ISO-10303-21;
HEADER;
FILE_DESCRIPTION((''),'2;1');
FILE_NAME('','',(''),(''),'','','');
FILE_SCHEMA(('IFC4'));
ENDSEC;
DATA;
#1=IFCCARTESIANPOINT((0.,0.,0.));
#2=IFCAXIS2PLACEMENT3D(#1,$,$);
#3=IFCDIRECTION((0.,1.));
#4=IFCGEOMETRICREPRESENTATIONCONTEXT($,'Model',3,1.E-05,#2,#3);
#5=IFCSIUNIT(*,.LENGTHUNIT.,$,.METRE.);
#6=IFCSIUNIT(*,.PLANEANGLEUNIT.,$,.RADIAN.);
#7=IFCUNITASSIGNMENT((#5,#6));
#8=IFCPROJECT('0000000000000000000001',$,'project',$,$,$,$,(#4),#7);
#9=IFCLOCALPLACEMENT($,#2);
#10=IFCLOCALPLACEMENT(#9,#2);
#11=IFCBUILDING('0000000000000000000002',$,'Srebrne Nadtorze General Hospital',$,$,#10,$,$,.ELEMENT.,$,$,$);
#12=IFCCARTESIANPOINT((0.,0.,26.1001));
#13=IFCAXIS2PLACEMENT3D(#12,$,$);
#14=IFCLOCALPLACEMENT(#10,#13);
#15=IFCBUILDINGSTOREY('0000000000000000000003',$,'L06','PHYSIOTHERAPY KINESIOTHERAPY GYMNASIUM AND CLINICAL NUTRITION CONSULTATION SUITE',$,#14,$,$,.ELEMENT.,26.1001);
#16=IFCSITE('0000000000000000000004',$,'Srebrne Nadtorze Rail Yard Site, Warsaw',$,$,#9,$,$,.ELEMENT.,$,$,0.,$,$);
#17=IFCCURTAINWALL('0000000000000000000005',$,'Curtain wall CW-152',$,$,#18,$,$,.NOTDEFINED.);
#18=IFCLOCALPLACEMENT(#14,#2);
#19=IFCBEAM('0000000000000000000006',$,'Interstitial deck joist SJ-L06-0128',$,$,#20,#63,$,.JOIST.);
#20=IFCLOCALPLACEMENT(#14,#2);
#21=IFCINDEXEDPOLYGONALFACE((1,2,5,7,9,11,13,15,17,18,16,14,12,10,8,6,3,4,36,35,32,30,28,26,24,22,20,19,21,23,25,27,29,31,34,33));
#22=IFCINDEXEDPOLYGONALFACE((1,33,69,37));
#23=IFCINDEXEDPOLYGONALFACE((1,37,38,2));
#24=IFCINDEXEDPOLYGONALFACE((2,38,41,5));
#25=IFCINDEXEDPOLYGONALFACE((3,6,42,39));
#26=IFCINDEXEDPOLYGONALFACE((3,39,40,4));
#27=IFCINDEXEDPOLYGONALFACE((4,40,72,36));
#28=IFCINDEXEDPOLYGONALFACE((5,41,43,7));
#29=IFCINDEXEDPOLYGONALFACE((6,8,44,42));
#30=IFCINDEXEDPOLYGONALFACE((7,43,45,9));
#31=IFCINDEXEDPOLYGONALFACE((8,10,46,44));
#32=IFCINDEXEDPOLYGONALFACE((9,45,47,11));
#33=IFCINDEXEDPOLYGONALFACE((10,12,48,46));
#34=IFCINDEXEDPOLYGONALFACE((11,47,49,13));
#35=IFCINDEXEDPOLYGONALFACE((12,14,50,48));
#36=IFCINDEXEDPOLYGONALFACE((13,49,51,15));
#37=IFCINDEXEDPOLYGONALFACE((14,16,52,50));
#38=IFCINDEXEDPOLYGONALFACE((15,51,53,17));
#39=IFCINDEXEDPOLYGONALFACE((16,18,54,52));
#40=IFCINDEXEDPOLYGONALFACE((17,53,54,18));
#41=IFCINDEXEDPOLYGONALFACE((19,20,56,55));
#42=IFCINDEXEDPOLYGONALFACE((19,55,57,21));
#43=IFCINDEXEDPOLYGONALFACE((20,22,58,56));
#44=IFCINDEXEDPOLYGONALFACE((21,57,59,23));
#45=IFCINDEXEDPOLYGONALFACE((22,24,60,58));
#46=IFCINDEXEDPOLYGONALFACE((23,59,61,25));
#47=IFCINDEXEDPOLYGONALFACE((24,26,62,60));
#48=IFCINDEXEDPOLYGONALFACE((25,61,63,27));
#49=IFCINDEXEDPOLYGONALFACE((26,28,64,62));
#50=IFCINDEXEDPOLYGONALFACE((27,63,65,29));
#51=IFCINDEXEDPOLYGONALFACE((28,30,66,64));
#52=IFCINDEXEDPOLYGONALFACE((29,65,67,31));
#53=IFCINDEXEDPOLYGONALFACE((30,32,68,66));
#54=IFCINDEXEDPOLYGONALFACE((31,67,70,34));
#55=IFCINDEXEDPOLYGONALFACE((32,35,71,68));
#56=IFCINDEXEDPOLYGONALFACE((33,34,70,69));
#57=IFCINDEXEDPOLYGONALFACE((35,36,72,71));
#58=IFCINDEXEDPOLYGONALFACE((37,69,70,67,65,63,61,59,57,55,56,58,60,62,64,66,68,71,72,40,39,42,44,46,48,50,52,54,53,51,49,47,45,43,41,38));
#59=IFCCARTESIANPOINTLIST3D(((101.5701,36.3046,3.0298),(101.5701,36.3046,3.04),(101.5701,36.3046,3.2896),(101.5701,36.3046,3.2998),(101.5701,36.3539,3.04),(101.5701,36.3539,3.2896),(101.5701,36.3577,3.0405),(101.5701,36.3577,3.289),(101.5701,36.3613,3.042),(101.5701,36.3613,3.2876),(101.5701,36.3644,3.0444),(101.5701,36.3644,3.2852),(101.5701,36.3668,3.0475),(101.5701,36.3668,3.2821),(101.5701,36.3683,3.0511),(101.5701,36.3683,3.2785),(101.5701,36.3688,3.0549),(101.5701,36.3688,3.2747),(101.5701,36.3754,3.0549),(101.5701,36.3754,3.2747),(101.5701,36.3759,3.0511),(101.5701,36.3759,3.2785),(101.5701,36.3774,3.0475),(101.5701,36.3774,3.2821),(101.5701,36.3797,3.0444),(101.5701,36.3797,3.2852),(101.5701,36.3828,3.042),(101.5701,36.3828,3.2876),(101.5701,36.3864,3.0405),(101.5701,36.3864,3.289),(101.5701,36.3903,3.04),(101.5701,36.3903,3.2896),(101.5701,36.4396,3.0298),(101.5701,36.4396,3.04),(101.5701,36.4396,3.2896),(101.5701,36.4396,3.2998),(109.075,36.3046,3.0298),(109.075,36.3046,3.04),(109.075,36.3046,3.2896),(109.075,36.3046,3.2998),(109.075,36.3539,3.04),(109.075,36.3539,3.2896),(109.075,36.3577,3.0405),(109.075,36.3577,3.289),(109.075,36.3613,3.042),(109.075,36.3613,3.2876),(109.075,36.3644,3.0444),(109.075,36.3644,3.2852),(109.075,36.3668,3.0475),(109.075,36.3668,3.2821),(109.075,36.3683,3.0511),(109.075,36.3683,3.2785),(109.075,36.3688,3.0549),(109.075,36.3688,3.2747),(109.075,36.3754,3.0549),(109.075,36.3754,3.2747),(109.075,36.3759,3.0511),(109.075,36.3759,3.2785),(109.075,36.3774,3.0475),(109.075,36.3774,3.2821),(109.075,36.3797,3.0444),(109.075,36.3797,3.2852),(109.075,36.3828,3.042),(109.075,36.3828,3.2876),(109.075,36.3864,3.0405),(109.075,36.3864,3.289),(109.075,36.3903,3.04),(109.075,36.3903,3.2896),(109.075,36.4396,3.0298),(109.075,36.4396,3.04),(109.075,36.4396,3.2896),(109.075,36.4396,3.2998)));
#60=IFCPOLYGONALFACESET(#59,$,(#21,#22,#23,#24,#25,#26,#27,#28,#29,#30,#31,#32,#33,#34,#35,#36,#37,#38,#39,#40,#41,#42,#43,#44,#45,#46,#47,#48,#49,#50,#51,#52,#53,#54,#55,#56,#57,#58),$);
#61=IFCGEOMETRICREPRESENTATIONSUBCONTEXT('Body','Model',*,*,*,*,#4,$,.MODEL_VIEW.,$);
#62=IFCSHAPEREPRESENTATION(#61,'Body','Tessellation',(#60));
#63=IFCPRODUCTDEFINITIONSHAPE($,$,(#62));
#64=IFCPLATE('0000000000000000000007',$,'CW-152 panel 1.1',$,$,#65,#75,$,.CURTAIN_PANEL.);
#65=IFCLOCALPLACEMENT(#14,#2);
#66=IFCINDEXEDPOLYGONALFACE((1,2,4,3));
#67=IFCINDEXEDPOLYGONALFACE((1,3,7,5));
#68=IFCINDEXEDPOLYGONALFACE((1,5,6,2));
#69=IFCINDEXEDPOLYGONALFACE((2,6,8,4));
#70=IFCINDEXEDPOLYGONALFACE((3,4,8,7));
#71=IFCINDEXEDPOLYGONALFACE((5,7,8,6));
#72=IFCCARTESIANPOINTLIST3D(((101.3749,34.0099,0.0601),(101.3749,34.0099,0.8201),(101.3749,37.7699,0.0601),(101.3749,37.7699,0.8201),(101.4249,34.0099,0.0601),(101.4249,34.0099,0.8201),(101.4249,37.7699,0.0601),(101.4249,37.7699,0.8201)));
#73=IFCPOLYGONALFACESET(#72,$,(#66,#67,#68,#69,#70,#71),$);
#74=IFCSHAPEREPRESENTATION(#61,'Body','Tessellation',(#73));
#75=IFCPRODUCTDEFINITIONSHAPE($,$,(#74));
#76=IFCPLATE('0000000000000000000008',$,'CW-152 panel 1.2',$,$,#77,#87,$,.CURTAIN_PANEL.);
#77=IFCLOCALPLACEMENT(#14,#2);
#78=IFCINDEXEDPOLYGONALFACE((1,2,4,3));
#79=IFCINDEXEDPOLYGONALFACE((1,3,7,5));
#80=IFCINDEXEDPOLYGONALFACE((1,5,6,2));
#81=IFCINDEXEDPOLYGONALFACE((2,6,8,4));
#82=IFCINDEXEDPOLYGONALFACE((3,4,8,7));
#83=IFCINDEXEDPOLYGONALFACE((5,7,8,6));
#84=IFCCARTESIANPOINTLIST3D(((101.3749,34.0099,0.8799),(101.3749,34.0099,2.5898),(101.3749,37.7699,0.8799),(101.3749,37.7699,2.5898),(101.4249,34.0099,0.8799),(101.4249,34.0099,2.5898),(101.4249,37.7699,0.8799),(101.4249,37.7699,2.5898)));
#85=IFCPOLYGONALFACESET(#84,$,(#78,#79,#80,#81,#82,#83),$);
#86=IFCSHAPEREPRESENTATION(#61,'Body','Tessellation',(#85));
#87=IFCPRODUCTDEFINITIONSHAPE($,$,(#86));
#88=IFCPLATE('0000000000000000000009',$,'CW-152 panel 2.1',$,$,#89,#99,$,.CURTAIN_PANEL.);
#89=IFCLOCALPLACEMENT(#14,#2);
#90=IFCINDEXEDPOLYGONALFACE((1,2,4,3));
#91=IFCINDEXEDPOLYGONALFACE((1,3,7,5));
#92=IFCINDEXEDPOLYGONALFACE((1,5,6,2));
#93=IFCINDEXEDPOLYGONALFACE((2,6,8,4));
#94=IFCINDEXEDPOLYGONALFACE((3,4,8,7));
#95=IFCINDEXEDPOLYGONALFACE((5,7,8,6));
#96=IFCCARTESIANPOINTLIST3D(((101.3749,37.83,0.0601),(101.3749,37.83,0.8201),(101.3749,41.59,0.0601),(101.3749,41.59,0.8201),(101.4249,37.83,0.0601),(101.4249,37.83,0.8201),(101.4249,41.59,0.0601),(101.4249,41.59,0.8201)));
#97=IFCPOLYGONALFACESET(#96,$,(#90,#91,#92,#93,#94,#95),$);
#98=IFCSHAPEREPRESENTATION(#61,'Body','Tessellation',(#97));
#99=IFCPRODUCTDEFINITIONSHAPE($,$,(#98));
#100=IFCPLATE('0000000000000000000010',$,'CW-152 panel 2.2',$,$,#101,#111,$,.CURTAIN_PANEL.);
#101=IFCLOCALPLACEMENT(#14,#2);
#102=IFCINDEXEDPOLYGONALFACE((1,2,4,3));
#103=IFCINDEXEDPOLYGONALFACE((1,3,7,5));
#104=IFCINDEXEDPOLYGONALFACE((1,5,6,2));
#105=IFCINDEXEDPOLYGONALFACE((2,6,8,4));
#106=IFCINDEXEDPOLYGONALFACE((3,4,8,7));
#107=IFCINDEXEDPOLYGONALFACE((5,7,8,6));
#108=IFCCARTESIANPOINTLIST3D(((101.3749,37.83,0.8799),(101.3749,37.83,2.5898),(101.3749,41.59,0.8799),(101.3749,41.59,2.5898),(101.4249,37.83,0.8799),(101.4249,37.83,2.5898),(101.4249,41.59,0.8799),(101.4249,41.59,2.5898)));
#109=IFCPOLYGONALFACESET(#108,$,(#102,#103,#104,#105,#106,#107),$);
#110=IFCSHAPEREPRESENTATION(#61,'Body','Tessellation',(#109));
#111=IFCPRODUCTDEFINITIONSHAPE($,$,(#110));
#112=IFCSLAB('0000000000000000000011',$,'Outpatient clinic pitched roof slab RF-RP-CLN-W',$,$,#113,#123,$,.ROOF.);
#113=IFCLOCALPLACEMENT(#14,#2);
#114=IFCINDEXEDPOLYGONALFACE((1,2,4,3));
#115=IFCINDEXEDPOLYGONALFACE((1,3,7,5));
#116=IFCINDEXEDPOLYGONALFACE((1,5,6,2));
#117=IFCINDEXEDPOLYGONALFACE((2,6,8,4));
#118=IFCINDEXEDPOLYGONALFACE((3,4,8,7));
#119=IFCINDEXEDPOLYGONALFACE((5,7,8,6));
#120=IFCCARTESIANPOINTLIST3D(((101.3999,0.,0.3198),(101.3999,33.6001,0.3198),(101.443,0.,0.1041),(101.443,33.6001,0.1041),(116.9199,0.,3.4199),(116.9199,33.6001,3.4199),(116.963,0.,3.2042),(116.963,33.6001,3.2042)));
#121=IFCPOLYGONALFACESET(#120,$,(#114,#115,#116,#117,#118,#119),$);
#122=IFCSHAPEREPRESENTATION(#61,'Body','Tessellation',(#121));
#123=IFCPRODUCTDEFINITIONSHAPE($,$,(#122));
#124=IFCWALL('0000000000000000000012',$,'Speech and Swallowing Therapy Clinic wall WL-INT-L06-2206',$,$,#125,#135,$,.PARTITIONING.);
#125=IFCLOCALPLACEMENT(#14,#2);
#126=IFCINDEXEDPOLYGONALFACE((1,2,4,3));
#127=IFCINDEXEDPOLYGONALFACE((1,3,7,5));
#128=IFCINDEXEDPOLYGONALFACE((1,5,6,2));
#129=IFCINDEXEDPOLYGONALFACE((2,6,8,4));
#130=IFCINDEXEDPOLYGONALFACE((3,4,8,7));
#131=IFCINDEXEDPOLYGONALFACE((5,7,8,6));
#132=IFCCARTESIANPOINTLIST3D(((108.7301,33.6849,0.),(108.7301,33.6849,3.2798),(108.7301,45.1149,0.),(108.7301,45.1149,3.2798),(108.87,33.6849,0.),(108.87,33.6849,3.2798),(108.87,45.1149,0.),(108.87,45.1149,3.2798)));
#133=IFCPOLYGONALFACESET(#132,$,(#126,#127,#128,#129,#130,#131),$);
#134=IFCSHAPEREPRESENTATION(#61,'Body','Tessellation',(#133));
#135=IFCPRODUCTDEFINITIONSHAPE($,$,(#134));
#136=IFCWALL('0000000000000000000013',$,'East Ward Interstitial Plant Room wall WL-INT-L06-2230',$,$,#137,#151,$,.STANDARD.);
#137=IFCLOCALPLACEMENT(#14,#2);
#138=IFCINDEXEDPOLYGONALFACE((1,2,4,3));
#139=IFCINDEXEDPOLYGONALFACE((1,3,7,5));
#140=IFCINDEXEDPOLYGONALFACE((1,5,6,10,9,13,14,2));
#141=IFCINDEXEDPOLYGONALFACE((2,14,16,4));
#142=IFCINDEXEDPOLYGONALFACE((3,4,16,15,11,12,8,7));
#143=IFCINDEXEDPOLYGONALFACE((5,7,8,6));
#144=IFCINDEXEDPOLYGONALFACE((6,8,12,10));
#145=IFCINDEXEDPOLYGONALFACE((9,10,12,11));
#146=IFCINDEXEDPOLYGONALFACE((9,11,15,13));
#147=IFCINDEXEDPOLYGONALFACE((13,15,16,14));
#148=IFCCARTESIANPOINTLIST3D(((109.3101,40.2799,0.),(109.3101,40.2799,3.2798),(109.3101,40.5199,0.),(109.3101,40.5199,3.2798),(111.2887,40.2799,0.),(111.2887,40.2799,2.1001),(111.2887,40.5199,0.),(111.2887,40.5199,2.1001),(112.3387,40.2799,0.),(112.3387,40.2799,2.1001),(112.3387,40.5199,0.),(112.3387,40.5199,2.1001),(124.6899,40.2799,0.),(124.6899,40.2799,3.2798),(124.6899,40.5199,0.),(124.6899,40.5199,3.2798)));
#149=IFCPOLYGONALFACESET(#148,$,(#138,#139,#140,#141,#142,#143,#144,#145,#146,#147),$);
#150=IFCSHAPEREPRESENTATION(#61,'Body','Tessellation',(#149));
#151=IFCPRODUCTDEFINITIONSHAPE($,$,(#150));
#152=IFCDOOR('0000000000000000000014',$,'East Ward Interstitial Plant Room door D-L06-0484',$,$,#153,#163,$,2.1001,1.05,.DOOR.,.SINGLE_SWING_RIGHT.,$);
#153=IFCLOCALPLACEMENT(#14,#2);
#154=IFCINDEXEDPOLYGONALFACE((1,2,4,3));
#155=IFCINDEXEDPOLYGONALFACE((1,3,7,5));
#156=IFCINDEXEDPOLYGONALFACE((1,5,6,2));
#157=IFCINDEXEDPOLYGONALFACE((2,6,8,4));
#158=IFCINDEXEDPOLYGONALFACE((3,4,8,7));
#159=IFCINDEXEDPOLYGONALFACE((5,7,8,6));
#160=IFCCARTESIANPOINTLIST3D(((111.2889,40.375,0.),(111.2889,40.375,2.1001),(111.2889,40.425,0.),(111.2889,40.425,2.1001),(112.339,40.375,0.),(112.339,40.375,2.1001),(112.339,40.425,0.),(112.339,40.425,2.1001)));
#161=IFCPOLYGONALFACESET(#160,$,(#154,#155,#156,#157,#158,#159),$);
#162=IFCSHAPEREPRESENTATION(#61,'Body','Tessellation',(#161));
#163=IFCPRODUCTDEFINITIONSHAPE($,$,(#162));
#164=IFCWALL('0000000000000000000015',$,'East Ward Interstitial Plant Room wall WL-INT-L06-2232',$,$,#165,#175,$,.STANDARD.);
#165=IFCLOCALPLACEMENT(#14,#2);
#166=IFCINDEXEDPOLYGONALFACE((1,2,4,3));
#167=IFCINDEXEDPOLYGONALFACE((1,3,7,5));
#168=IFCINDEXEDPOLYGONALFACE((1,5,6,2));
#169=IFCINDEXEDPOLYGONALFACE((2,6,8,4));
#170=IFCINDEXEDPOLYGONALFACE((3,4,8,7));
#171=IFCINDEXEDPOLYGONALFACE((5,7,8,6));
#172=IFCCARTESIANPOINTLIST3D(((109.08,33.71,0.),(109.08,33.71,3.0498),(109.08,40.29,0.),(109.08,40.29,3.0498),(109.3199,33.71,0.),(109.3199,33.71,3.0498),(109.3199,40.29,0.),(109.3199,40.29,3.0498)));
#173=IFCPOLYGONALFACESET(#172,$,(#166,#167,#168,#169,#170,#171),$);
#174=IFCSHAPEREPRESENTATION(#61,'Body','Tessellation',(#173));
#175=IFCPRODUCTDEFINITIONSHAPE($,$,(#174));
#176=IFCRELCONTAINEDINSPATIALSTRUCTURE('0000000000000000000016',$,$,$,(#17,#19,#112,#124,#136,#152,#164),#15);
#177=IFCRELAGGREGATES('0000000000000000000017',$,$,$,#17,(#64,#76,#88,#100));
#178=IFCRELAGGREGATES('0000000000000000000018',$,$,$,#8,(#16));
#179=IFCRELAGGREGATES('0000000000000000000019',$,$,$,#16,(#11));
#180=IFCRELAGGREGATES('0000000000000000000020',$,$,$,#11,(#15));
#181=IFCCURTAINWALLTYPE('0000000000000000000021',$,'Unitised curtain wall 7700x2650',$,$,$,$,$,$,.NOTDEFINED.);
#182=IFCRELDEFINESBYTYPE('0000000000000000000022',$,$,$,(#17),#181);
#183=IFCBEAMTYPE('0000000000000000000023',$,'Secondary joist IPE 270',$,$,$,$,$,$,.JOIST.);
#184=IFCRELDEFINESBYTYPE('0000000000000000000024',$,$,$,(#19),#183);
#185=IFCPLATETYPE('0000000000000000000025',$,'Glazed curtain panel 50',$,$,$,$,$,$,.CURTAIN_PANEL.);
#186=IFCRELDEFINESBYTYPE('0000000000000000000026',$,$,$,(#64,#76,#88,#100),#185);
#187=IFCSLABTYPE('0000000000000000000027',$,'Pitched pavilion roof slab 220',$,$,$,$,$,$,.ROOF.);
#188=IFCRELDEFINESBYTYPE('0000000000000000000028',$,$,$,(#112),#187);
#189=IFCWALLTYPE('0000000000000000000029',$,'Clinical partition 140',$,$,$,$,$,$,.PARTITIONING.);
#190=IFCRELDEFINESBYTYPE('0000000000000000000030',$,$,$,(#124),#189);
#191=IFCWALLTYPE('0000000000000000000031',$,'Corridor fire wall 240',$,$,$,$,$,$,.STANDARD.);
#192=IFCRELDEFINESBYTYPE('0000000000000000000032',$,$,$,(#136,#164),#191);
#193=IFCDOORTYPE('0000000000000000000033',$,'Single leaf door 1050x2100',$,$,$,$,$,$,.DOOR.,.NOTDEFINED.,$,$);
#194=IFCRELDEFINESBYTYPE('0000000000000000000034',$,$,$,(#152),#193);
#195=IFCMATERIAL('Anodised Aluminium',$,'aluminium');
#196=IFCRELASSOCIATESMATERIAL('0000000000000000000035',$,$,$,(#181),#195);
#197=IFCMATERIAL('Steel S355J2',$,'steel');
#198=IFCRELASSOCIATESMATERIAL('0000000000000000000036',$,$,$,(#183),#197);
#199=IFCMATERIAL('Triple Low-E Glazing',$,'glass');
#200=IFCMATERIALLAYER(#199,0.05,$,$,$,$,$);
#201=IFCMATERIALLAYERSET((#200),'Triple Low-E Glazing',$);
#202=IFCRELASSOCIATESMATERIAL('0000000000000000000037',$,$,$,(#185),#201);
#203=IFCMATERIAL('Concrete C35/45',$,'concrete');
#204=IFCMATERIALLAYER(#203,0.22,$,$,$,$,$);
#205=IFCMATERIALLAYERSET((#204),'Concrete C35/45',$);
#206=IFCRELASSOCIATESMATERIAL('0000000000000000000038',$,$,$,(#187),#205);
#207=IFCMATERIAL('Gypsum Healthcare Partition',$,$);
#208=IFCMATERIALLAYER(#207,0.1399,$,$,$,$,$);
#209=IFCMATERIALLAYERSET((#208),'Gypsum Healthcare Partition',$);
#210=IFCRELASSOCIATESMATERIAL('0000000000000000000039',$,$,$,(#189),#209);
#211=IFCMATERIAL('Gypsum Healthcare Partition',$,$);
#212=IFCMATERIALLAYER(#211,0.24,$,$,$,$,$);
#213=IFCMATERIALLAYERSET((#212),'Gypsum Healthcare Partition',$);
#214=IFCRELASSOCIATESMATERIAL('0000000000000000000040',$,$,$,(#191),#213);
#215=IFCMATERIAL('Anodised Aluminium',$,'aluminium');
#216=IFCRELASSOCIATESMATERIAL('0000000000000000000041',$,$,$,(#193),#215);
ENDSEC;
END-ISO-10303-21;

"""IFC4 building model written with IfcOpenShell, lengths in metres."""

from ifc_helpers import new_model, si_unit, direction, frame, frame_2d, origin, origin_2d, place, context, subcontext, project, spatial, polyline, rectangle, i_section, outline, extrude, material, layer, layer_set, material_profile, profile_set, type_object, element, fill, aggregate, save


model = new_model("IFC4")

# Units and contexts
model_context = context("Model", 3, precision=1e-05, world=origin(), true_north=direction((0.0, 1.0)))
body_context = subcontext(model_context, "Body", "Model", "MODEL_VIEW")
ifc_project = project(units=[si_unit("LENGTHUNIT", "METRE"), si_unit("PLANEANGLEUNIT", "RADIAN")], contexts=[model_context])

# Site, building, storey
site_placement = place(None, origin())
site = spatial("IfcSite", under=ifc_project, at=site_placement, Name="Srebrne Nadtorze Rail Yard Site, Warsaw", CompositionType="ELEMENT", RefElevation=0.0)
building_placement = place(site_placement, origin())
building = spatial("IfcBuilding", under=site, at=building_placement, Name="Srebrne Nadtorze General Hospital", CompositionType="ELEMENT")
storey_placement = place(building_placement, frame((0.0, 0.0, 26.1001)))
storey = spatial("IfcBuildingStorey", under=building, at=storey_placement, Name="L06", Description="PHYSIOTHERAPY KINESIOTHERAPY GYMNASIUM AND CLINICAL NUTRITION CONSULTATION SUITE", CompositionType="ELEMENT", Elevation=26.1001)

# Curtain wall
ifc_material_1 = material(Name="Anodised Aluminium", Category="aluminium")
curtain_wall_type = type_object("IfcCurtainWallType", Name="Unitised curtain wall 7700x2650", PredefinedType="NOTDEFINED", material=ifc_material_1)
curtain_wall_placement = place(storey_placement, origin())
curtain_wall = element("IfcCurtainWall", 1, at=curtain_wall_placement, inside=storey, type_object=curtain_wall_type, Name="Curtain wall CW-152", PredefinedType="NOTDEFINED")

# Beam
ifc_material_2 = material(Name="Steel S355J2", Category="steel")
ifc_material_profile_1 = material_profile(ifc_material_2, i_section(OverallWidth=0.135, OverallDepth=0.27, WebThickness=0.0066, FlangeThickness=0.0103, FilletRadius=0.0149, at=origin_2d()), Name="IPE-270")
ifc_profile_set_1 = profile_set([ifc_material_profile_1], Name="Steel S355J2")
beam_type_1 = type_object("IfcBeamType", Name="Secondary joist IPE 270", PredefinedType="JOIST", material=ifc_profile_set_1)
beam_1_placement = place(storey_placement, frame((101.5701, 36.3721, 3.1648), z_axis=(1.0, 0.0, 0.0), x_axis=(0.0, 1.0, 0.0)))
element("IfcBeam", 2, at=beam_1_placement, inside=storey, type_object=beam_type_1, Name="Interstitial deck joist SJ-L06-0128", PredefinedType="JOIST", context=body_context, shape_type="SweptSolid", body=[
    extrude(i_section(OverallWidth=0.135, OverallDepth=0.27, WebThickness=0.0066, FlangeThickness=0.0103, FilletRadius=0.0149, at=origin_2d()), origin(), (0.0, 0.0, 1.0), 7.5049),
])

# Plates
ifc_material_3 = material(Name="Triple Low-E Glazing", Category="glass")
ifc_layer_1 = layer(ifc_material_3, 0.05)
ifc_layer_set_1 = layer_set([ifc_layer_1], Name="Triple Low-E Glazing")
plate_type = type_object("IfcPlateType", Name="Glazed curtain panel 50", PredefinedType="CURTAIN_PANEL", material=ifc_layer_set_1)
plate_1_placement = place(storey_placement, frame((101.3999, 35.8899, 0.0601), z_axis=(0.0, 0.0, 1.0), x_axis=(0.0, 1.0, 0.0)))
plate_1 = element("IfcPlate", 3, at=plate_1_placement, type_object=plate_type, Name="CW-152 panel 1.1", PredefinedType="CURTAIN_PANEL", context=body_context, shape_type="SweptSolid", body=[
    extrude(rectangle(XDim=3.76, YDim=0.05, at=origin_2d()), origin(), (0.0, 0.0, 1.0), 0.76),
])
plate_2_placement = place(storey_placement, frame((101.3999, 35.8899, 0.8799), z_axis=(0.0, 0.0, 1.0), x_axis=(0.0, 1.0, 0.0)))
plate_2 = element("IfcPlate", 4, at=plate_2_placement, type_object=plate_type, Name="CW-152 panel 1.2", PredefinedType="CURTAIN_PANEL", context=body_context, shape_type="SweptSolid", body=[
    extrude(rectangle(XDim=3.76, YDim=0.05, at=origin_2d()), origin(), (0.0, 0.0, 1.0), 1.71),
])
plate_3_placement = place(storey_placement, frame((101.3999, 39.71, 0.0601), z_axis=(0.0, 0.0, 1.0), x_axis=(0.0, 1.0, 0.0)))
plate_3 = element("IfcPlate", 5, at=plate_3_placement, type_object=plate_type, Name="CW-152 panel 2.1", PredefinedType="CURTAIN_PANEL", context=body_context, shape_type="SweptSolid", body=[
    extrude(rectangle(XDim=3.76, YDim=0.05, at=origin_2d()), origin(), (0.0, 0.0, 1.0), 0.76),
])
plate_4_placement = place(storey_placement, frame((101.3999, 39.71, 0.8799), z_axis=(0.0, 0.0, 1.0), x_axis=(0.0, 1.0, 0.0)))
plate_4 = element("IfcPlate", 6, at=plate_4_placement, type_object=plate_type, Name="CW-152 panel 2.2", PredefinedType="CURTAIN_PANEL", context=body_context, shape_type="SweptSolid", body=[
    extrude(rectangle(XDim=3.76, YDim=0.05, at=origin_2d()), origin(), (0.0, 0.0, 1.0), 1.71),
])
aggregate(curtain_wall, [plate_1, plate_2, plate_3, plate_4])

# Slab
ifc_material_4 = material(Name="Concrete C35/45", Category="concrete")
ifc_layer_2 = layer(ifc_material_4, 0.22)
ifc_layer_set_2 = layer_set([ifc_layer_2], Name="Concrete C35/45")
slab_type = type_object("IfcSlabType", Name="Pitched pavilion roof slab 220", PredefinedType="ROOF", material=ifc_layer_set_2)
slab_placement = place(storey_placement, frame((101.3999, 0.0, 0.3198), z_axis=(-0.195879, 0.0, 0.980628), x_axis=(0.980628, 0.0, 0.195879)))
element("IfcSlab", 7, at=slab_placement, inside=storey, type_object=slab_type, Name="Outpatient clinic pitched roof slab RF-RP-CLN-W", PredefinedType="ROOF", context=body_context, shape_type="SweptSolid", body=[
    extrude(outline(polyline([(0.0, 0.0), (15.8266, 0.0), (15.8266, 33.6001), (0.0, 33.6001), (0.0, 0.0)])), origin(), (0.0, 0.0, -1.0), 0.22),
])

# Wall
ifc_material_5 = material(Name="Gypsum Healthcare Partition")
ifc_layer_3 = layer(ifc_material_5, 0.1399)
ifc_layer_set_3 = layer_set([ifc_layer_3], Name="Gypsum Healthcare Partition")
wall_type_1 = type_object("IfcWallType", Name="Clinical partition 140", PredefinedType="PARTITIONING", material=ifc_layer_set_3)
wall_1_placement = place(storey_placement, frame((108.8, 33.6851, 0.0), z_axis=(0.0, 0.0, 1.0), x_axis=(0.0, 1.0, 0.0)))
element("IfcWall", 8, at=wall_1_placement, inside=storey, type_object=wall_type_1, Name="Speech and Swallowing Therapy Clinic wall WL-INT-L06-2206", PredefinedType="PARTITIONING", context=body_context, shape_type="SweptSolid", body=[
    extrude(rectangle(XDim=11.4299, YDim=0.1399, at=frame_2d((5.7148, 0.0))), origin(), (0.0, 0.0, 1.0), 3.2798),
])

# Wall, opening, door
ifc_material_6 = material(Name="Gypsum Healthcare Partition")
ifc_layer_4 = layer(ifc_material_6, 0.24)
ifc_layer_set_4 = layer_set([ifc_layer_4], Name="Gypsum Healthcare Partition")
wall_type_2 = type_object("IfcWallType", Name="Corridor fire wall 240", PredefinedType="STANDARD", material=ifc_layer_set_4)
wall_2_placement = place(storey_placement, frame((109.3101, 40.3999, 0.0), z_axis=(0.0, 0.0, 1.0), x_axis=(1.0, 0.0, 0.0)))
wall_2 = element("IfcWall", 9, at=wall_2_placement, inside=storey, type_object=wall_type_2, Name="East Ward Interstitial Plant Room wall WL-INT-L06-2230", PredefinedType="STANDARD", context=body_context, shape_type="SweptSolid", body=[
    extrude(rectangle(XDim=15.3799, YDim=0.24, at=frame_2d((7.6899, 0.0))), origin(), (0.0, 0.0, 1.0), 3.2798),
])
opening_1_placement = place(wall_2_placement, frame((1.9788, 0.0, 0.0)))
opening_1 = element("IfcOpeningElement", 10, at=opening_1_placement, cuts=wall_2, PredefinedType="OPENING", context=body_context, shape_type="SweptSolid", body=[
    extrude(rectangle(XDim=1.05, YDim=2.1001, at=frame_2d((0.5249, 1.05))), frame((0.0, 0.1318, 0.0), z_axis=(0.0, -1.0, 0.0), x_axis=(1.0, 0.0, 0.0)), (0.0, 0.0, 1.0), 0.2639),
])
ifc_material_7 = material(Name="Anodised Aluminium", Category="aluminium")
door_type = type_object("IfcDoorType", Name="Single leaf door 1050x2100", OperationType="NOTDEFINED", PredefinedType="DOOR", material=ifc_material_7)
door_placement = place(opening_1_placement, frame((1.05, 0.0, 0.0), z_axis=(0.0, 0.0, 1.0), x_axis=(-1.0, 0.0, 0.0)))
door = element("IfcDoor", 11, at=door_placement, inside=storey, type_object=door_type, Name="East Ward Interstitial Plant Room door D-L06-0484", OperationType="SINGLE_SWING_RIGHT", OverallHeight=2.1001, OverallWidth=1.05, PredefinedType="DOOR", context=body_context, shape_type="SweptSolid", body=[
    extrude(rectangle(XDim=1.05, YDim=2.1001, at=frame_2d((0.5249, 1.05))), frame((0.0, 0.0249, 0.0), z_axis=(0.0, -1.0, 0.0), x_axis=(1.0, 0.0, 0.0)), (0.0, 0.0, 1.0), 0.05),
])
fill(opening_1, door)

# Wall
wall_3_placement = place(storey_placement, frame((109.2, 33.71, 0.0), z_axis=(0.0, 0.0, 1.0), x_axis=(0.0, 1.0, 0.0)))
element("IfcWall", 12, at=wall_3_placement, inside=storey, type_object=wall_type_2, Name="East Ward Interstitial Plant Room wall WL-INT-L06-2232", PredefinedType="STANDARD", context=body_context, shape_type="SweptSolid", body=[
    extrude(rectangle(XDim=6.5801, YDim=0.24, at=frame_2d((3.29, 0.0))), origin(), (0.0, 0.0, 1.0), 3.0498),
])

save(model, "model.ifc")
